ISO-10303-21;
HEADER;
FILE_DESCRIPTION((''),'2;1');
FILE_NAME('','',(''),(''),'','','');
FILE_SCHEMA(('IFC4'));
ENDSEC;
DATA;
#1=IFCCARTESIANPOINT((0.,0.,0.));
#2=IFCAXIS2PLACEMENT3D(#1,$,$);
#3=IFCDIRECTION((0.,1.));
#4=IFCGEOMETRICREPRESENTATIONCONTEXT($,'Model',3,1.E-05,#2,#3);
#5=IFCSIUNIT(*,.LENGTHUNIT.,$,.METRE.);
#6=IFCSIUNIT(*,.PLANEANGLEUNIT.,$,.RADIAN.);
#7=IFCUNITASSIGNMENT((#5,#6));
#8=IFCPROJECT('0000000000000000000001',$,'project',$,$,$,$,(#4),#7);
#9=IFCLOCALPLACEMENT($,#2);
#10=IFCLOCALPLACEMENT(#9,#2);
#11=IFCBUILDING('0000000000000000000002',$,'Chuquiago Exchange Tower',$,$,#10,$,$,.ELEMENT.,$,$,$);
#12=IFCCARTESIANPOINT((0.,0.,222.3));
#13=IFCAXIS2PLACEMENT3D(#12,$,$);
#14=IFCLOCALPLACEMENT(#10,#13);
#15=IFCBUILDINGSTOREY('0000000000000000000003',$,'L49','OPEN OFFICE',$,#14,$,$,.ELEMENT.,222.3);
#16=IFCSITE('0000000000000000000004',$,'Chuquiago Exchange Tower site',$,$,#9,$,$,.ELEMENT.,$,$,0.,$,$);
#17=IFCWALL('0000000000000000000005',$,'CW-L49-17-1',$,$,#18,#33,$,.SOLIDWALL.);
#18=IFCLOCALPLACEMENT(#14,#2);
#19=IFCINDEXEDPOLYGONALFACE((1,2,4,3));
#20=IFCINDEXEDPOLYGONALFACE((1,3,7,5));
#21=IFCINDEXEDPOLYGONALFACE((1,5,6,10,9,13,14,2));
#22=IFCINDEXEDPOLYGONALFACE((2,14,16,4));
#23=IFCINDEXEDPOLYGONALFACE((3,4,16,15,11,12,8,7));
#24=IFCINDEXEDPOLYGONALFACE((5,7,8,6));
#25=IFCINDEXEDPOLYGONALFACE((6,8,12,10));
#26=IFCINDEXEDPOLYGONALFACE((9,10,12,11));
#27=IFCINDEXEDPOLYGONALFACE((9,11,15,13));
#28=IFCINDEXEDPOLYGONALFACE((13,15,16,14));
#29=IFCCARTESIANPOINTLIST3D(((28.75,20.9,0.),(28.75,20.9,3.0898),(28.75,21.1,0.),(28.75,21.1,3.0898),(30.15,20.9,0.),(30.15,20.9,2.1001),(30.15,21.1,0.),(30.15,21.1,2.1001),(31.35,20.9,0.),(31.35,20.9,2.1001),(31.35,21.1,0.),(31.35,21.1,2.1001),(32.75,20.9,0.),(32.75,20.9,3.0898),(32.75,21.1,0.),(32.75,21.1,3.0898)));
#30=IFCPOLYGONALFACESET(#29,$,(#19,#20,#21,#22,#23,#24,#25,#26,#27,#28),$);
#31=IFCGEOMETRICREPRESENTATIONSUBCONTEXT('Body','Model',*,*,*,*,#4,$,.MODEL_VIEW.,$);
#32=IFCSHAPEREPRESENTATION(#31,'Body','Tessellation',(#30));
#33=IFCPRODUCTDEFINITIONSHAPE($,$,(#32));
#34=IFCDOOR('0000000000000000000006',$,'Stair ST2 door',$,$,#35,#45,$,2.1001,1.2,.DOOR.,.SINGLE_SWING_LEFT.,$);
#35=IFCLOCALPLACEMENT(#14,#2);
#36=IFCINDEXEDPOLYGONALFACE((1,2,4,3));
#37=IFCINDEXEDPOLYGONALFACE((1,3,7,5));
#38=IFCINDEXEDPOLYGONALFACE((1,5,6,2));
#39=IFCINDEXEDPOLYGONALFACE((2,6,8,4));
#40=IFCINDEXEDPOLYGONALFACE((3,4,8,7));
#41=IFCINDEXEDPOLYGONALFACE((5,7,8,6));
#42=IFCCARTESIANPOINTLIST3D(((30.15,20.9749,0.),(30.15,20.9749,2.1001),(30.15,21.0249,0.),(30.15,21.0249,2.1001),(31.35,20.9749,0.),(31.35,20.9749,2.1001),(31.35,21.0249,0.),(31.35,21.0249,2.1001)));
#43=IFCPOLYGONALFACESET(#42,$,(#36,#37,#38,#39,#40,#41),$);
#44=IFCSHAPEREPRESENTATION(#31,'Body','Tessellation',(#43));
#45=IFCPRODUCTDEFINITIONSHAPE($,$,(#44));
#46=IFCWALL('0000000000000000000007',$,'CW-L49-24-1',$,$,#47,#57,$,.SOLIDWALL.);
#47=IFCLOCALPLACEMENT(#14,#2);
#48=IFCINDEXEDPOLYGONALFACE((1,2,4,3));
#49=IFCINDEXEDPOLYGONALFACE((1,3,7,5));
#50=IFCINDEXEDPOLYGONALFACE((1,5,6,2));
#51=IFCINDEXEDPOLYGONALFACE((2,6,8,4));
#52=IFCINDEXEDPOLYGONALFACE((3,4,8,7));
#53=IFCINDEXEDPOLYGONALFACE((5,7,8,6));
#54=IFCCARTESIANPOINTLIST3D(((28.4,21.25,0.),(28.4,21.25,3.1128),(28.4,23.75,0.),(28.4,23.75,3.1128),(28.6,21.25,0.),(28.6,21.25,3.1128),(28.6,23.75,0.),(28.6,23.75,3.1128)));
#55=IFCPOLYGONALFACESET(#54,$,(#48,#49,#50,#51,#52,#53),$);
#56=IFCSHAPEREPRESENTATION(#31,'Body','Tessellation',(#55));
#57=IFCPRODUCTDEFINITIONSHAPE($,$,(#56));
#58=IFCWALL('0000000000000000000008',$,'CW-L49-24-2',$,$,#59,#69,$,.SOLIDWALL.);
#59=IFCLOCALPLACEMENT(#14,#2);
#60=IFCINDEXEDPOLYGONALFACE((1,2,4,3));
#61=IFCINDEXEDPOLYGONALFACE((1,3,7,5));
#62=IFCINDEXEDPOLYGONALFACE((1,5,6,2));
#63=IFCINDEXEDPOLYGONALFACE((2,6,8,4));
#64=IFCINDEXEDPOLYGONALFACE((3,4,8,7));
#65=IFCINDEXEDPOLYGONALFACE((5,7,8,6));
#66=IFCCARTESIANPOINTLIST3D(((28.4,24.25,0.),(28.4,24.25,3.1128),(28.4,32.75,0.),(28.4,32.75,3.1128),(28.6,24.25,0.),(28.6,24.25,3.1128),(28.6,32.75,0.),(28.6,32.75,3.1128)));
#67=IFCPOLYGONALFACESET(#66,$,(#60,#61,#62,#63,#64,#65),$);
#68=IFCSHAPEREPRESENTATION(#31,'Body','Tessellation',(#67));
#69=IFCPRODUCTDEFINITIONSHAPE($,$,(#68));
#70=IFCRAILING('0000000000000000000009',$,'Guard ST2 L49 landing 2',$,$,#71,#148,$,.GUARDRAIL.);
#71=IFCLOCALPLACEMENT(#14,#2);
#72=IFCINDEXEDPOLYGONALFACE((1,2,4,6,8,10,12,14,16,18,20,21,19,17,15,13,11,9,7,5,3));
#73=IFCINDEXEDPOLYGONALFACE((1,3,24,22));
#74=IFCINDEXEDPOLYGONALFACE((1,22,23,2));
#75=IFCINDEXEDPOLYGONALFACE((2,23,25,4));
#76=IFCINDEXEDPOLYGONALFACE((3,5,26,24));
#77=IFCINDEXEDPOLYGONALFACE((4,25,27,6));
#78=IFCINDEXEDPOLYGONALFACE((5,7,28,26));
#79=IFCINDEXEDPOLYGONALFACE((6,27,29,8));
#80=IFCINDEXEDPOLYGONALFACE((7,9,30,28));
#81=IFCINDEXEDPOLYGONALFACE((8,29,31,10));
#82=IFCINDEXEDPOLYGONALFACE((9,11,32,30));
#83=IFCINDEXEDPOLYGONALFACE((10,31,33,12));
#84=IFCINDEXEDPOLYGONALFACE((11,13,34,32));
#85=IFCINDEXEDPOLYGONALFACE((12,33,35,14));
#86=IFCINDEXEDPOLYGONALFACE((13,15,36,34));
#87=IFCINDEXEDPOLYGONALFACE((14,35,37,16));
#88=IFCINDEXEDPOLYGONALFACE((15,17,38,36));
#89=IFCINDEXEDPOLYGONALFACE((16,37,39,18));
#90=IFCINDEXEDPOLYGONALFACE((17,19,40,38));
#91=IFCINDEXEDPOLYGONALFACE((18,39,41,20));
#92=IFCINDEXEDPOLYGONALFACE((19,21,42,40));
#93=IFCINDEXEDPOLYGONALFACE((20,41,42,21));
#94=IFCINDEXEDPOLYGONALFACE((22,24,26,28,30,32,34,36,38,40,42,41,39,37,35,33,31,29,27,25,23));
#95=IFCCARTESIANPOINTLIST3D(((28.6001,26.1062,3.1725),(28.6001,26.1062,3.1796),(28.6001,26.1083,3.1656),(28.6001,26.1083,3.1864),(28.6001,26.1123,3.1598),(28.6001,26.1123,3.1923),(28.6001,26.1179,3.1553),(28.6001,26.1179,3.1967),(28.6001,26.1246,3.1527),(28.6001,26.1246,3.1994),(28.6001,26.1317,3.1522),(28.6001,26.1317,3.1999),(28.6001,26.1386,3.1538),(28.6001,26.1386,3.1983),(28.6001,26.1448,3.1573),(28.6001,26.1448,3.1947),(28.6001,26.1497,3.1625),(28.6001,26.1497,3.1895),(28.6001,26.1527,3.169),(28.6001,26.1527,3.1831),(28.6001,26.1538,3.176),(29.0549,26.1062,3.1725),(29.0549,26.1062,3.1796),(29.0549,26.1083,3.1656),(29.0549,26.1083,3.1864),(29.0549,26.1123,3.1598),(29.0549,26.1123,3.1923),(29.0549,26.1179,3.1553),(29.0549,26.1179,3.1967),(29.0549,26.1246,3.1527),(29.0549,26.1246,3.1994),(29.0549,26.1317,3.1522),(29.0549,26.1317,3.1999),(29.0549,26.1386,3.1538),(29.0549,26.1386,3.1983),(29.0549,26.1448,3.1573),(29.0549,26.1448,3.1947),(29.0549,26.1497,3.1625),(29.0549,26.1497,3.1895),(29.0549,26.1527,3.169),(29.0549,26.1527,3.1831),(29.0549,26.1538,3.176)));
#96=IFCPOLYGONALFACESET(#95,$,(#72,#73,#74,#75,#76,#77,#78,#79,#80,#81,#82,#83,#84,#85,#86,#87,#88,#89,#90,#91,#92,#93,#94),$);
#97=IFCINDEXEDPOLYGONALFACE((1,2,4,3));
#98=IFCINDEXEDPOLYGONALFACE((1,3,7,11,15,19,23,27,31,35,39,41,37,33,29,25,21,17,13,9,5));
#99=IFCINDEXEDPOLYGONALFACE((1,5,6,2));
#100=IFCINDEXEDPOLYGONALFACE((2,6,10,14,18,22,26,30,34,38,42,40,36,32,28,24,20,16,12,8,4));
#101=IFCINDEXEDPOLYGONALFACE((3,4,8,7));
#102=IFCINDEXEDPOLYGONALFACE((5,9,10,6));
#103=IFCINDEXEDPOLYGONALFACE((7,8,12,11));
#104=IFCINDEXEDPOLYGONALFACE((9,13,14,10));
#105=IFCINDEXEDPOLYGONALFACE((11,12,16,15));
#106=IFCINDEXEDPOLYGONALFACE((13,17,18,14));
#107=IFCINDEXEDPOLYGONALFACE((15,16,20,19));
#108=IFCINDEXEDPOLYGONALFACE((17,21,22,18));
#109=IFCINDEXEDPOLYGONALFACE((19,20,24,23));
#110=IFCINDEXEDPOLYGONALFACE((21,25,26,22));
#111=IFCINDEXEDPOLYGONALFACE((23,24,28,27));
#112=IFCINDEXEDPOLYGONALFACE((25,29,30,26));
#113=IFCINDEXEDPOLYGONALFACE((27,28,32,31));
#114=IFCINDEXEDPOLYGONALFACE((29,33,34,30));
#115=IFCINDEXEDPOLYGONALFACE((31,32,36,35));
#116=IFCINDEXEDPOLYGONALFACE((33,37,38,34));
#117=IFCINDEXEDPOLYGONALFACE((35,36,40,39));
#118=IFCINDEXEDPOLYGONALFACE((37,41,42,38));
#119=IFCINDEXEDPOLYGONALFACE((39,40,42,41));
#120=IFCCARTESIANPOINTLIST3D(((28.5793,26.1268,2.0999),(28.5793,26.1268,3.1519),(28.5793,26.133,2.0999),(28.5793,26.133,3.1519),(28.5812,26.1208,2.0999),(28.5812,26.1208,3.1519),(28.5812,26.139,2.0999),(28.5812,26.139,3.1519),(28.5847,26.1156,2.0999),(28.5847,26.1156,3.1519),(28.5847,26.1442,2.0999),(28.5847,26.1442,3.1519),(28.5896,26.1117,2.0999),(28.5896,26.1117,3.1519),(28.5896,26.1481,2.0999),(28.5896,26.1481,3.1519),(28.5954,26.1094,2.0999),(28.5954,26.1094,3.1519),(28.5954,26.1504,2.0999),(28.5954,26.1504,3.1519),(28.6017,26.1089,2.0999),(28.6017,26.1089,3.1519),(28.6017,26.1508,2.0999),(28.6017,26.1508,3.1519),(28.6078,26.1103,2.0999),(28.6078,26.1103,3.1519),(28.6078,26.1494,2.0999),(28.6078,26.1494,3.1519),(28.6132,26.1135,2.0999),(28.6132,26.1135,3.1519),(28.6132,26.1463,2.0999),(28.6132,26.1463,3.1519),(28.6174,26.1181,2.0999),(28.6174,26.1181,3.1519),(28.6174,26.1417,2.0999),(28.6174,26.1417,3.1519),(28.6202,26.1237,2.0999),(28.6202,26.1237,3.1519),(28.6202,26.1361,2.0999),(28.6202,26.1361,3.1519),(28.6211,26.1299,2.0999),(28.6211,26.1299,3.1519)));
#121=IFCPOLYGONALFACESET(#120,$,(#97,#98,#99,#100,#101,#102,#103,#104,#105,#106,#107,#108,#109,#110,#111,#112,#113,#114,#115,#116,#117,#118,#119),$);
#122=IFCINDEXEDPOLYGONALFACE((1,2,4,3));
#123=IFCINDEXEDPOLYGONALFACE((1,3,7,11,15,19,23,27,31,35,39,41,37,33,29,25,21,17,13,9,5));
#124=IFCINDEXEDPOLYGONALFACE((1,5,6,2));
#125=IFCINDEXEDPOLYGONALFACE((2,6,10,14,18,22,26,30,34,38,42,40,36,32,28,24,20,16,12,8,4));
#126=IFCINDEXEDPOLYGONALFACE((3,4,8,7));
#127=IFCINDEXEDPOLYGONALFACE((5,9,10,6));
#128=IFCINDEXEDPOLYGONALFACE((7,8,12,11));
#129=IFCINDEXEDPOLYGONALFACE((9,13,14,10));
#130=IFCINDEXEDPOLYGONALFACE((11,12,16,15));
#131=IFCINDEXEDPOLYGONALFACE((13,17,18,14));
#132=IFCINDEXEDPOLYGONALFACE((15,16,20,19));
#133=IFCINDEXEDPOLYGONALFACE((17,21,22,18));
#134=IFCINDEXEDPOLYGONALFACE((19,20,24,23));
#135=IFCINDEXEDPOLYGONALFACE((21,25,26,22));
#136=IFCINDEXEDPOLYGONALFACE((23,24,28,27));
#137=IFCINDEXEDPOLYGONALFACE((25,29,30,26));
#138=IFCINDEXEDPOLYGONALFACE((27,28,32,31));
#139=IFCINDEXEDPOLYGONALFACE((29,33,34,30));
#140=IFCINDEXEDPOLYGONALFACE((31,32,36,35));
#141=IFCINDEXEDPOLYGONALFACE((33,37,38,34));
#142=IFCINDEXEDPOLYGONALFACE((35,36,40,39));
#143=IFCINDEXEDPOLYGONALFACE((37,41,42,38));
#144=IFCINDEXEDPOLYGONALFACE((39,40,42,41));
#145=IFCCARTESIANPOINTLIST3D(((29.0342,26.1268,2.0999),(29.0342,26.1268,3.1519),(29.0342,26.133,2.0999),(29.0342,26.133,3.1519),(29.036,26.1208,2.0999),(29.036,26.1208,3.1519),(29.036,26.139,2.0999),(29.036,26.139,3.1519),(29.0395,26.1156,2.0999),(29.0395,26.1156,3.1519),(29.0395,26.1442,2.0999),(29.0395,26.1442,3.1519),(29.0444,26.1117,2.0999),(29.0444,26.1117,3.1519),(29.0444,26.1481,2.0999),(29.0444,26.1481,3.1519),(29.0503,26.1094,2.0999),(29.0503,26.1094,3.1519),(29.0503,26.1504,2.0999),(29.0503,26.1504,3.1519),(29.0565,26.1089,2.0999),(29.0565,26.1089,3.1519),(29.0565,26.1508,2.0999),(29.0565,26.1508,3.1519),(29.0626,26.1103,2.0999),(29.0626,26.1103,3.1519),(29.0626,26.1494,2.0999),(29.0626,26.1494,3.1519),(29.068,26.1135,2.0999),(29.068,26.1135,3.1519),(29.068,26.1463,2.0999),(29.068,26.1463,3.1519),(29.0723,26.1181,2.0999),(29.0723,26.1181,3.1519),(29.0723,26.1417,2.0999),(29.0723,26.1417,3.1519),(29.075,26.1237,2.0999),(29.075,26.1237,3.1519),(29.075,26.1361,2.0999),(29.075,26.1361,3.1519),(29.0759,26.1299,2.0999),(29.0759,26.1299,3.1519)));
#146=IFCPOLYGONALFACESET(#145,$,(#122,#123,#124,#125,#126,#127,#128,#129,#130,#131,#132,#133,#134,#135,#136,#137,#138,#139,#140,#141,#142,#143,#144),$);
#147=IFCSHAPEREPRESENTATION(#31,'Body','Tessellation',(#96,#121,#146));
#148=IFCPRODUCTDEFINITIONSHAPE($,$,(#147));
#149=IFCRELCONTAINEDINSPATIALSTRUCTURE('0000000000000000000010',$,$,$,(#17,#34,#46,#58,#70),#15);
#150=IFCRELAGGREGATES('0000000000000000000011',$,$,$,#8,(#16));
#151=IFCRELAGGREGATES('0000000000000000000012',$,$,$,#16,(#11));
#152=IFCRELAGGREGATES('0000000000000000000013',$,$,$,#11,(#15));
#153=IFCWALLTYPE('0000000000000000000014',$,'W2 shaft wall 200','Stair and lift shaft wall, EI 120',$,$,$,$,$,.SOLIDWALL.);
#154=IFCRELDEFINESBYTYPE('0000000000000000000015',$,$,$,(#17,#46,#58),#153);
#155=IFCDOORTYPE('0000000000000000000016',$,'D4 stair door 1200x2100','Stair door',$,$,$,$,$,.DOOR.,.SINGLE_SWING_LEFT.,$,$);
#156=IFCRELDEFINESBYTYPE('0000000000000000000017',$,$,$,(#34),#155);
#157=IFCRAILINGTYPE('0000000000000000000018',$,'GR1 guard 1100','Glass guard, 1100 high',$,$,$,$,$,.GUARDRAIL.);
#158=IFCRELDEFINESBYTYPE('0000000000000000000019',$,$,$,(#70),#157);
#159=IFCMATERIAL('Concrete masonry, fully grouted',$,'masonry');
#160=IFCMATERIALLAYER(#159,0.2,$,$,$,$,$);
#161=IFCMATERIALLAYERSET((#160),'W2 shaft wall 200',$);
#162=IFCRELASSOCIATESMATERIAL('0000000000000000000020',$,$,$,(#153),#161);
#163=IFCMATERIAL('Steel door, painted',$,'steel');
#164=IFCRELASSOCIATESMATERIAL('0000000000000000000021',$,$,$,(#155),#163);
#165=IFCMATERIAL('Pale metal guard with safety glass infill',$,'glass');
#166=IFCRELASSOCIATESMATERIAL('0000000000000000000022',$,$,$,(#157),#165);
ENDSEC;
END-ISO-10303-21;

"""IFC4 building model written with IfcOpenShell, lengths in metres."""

from ifc_helpers import new_model, si_unit, direction, frame, frame_2d, origin, origin_2d, place, context, subcontext, project, spatial, rectangle, circle, extrude, material, layer, layer_set, type_object, element, fill, save


model = new_model("IFC4")

# Units and contexts
model_context = context("Model", 3, precision=1e-05, world=origin(), true_north=direction((0.0, 1.0)))
body_context = subcontext(model_context, "Body", "Model", "MODEL_VIEW")
ifc_project = project(units=[si_unit("LENGTHUNIT", "METRE"), si_unit("PLANEANGLEUNIT", "RADIAN")], contexts=[model_context])

# Site, building, storey
site_placement = place(None, origin())
site = spatial("IfcSite", under=ifc_project, at=site_placement, Name="Chuquiago Exchange Tower site", CompositionType="ELEMENT", RefElevation=0.0)
building_placement = place(site_placement, origin())
building = spatial("IfcBuilding", under=site, at=building_placement, Name="Chuquiago Exchange Tower", CompositionType="ELEMENT")
storey_placement = place(building_placement, frame((0.0, 0.0, 222.3)))
storey = spatial("IfcBuildingStorey", under=building, at=storey_placement, Name="L49", Description="OPEN OFFICE", CompositionType="ELEMENT", Elevation=222.3)

# Shared definitions
ifc_material_1 = material(Name="Concrete masonry, fully grouted", Category="masonry")
ifc_layer = layer(ifc_material_1, 0.2)
ifc_layer_set = layer_set([ifc_layer], Name="W2 shaft wall 200")
wall_type = type_object("IfcWallType", Name="W2 shaft wall 200", Description="Stair and lift shaft wall, EI 120", PredefinedType="SOLIDWALL", material=ifc_layer_set)

# Wall, opening, door
wall_1_placement = place(storey_placement, frame((28.75, 21.0, 0.0), z_axis=(0.0, 0.0, 1.0), x_axis=(1.0, 0.0, 0.0)))
wall_1 = element("IfcWall", 1, at=wall_1_placement, inside=storey, type_object=wall_type, Name="CW-L49-17-1", PredefinedType="SOLIDWALL", context=body_context, shape_type="SweptSolid", body=[
    extrude(rectangle(XDim=4.0, YDim=0.2, at=frame_2d((2.0, 0.0))), origin(), (0.0, 0.0, 1.0), 3.0898),
])
opening_placement = place(wall_1_placement, frame((1.3999, 0.0, 0.0)))
opening = element("IfcOpeningElement", 2, at=opening_placement, cuts=wall_1, PredefinedType="OPENING", context=body_context, shape_type="SweptSolid", body=[
    extrude(rectangle(XDim=1.2, YDim=2.1001, at=frame_2d((0.6001, 1.05))), frame((0.0, 0.1099, 0.0), z_axis=(0.0, -1.0, 0.0), x_axis=(1.0, 0.0, 0.0)), (0.0, 0.0, 1.0), 0.22),
])
ifc_material_2 = material(Name="Steel door, painted", Category="steel")
door_type = type_object("IfcDoorType", Name="D4 stair door 1200x2100", Description="Stair door", OperationType="SINGLE_SWING_LEFT", PredefinedType="DOOR", material=ifc_material_2)
door_placement = place(opening_placement, origin())
door = element("IfcDoor", 3, at=door_placement, inside=storey, type_object=door_type, Name="Stair ST2 door", OperationType="SINGLE_SWING_LEFT", OverallHeight=2.1001, OverallWidth=1.2, PredefinedType="DOOR", context=body_context, shape_type="SweptSolid", body=[
    extrude(rectangle(XDim=1.2, YDim=2.1001, at=frame_2d((0.6001, 1.05))), frame((0.0, 0.0249, 0.0), z_axis=(0.0, -1.0, 0.0), x_axis=(1.0, 0.0, 0.0)), (0.0, 0.0, 1.0), 0.05),
])
fill(opening, door)

# Walls
wall_2_placement = place(storey_placement, frame((28.5, 21.25, 0.0), z_axis=(0.0, 0.0, 1.0), x_axis=(0.0, 1.0, 0.0)))
element("IfcWall", 4, at=wall_2_placement, inside=storey, type_object=wall_type, Name="CW-L49-24-1", PredefinedType="SOLIDWALL", context=body_context, shape_type="SweptSolid", body=[
    extrude(rectangle(XDim=2.5, YDim=0.2, at=frame_2d((1.25, 0.0))), origin(), (0.0, 0.0, 1.0), 3.1128),
])
wall_3_placement = place(storey_placement, frame((28.5, 24.25, 0.0), z_axis=(0.0, 0.0, 1.0), x_axis=(0.0, 1.0, 0.0)))
element("IfcWall", 5, at=wall_3_placement, inside=storey, type_object=wall_type, Name="CW-L49-24-2", PredefinedType="SOLIDWALL", context=body_context, shape_type="SweptSolid", body=[
    extrude(rectangle(XDim=8.5, YDim=0.2, at=frame_2d((4.25, 0.0))), origin(), (0.0, 0.0, 1.0), 3.1128),
])

# Railing
ifc_material_3 = material(Name="Pale metal guard with safety glass infill", Category="glass")
railing_type_1 = type_object("IfcRailingType", Name="GR1 guard 1100", Description="Glass guard, 1100 high", PredefinedType="GUARDRAIL", material=ifc_material_3)
railing_1_placement = place(storey_placement, frame((28.6001, 26.1299, 2.0999)))
element("IfcRailing", 6, at=railing_1_placement, inside=storey, type_object=railing_type_1, Name="Guard ST2 L49 landing 2", PredefinedType="GUARDRAIL", context=body_context, shape_type="SweptSolid", body=[
    extrude(circle(Radius=0.0239, at=origin_2d()), frame((0.0, 0.0, 1.0762), z_axis=(1.0, 0.0, 0.0), x_axis=(0.0, 1.0, 0.0)), (0.0, 0.0, 1.0), 0.4548),
    extrude(circle(Radius=0.021, at=origin_2d()), origin(), (0.0, 0.0, 1.0), 1.052),
    extrude(circle(Radius=0.021, at=origin_2d()), frame((0.4548, 0.0, 0.0)), (0.0, 0.0, 1.0), 1.052),
])

save(model, "model.ifc")
